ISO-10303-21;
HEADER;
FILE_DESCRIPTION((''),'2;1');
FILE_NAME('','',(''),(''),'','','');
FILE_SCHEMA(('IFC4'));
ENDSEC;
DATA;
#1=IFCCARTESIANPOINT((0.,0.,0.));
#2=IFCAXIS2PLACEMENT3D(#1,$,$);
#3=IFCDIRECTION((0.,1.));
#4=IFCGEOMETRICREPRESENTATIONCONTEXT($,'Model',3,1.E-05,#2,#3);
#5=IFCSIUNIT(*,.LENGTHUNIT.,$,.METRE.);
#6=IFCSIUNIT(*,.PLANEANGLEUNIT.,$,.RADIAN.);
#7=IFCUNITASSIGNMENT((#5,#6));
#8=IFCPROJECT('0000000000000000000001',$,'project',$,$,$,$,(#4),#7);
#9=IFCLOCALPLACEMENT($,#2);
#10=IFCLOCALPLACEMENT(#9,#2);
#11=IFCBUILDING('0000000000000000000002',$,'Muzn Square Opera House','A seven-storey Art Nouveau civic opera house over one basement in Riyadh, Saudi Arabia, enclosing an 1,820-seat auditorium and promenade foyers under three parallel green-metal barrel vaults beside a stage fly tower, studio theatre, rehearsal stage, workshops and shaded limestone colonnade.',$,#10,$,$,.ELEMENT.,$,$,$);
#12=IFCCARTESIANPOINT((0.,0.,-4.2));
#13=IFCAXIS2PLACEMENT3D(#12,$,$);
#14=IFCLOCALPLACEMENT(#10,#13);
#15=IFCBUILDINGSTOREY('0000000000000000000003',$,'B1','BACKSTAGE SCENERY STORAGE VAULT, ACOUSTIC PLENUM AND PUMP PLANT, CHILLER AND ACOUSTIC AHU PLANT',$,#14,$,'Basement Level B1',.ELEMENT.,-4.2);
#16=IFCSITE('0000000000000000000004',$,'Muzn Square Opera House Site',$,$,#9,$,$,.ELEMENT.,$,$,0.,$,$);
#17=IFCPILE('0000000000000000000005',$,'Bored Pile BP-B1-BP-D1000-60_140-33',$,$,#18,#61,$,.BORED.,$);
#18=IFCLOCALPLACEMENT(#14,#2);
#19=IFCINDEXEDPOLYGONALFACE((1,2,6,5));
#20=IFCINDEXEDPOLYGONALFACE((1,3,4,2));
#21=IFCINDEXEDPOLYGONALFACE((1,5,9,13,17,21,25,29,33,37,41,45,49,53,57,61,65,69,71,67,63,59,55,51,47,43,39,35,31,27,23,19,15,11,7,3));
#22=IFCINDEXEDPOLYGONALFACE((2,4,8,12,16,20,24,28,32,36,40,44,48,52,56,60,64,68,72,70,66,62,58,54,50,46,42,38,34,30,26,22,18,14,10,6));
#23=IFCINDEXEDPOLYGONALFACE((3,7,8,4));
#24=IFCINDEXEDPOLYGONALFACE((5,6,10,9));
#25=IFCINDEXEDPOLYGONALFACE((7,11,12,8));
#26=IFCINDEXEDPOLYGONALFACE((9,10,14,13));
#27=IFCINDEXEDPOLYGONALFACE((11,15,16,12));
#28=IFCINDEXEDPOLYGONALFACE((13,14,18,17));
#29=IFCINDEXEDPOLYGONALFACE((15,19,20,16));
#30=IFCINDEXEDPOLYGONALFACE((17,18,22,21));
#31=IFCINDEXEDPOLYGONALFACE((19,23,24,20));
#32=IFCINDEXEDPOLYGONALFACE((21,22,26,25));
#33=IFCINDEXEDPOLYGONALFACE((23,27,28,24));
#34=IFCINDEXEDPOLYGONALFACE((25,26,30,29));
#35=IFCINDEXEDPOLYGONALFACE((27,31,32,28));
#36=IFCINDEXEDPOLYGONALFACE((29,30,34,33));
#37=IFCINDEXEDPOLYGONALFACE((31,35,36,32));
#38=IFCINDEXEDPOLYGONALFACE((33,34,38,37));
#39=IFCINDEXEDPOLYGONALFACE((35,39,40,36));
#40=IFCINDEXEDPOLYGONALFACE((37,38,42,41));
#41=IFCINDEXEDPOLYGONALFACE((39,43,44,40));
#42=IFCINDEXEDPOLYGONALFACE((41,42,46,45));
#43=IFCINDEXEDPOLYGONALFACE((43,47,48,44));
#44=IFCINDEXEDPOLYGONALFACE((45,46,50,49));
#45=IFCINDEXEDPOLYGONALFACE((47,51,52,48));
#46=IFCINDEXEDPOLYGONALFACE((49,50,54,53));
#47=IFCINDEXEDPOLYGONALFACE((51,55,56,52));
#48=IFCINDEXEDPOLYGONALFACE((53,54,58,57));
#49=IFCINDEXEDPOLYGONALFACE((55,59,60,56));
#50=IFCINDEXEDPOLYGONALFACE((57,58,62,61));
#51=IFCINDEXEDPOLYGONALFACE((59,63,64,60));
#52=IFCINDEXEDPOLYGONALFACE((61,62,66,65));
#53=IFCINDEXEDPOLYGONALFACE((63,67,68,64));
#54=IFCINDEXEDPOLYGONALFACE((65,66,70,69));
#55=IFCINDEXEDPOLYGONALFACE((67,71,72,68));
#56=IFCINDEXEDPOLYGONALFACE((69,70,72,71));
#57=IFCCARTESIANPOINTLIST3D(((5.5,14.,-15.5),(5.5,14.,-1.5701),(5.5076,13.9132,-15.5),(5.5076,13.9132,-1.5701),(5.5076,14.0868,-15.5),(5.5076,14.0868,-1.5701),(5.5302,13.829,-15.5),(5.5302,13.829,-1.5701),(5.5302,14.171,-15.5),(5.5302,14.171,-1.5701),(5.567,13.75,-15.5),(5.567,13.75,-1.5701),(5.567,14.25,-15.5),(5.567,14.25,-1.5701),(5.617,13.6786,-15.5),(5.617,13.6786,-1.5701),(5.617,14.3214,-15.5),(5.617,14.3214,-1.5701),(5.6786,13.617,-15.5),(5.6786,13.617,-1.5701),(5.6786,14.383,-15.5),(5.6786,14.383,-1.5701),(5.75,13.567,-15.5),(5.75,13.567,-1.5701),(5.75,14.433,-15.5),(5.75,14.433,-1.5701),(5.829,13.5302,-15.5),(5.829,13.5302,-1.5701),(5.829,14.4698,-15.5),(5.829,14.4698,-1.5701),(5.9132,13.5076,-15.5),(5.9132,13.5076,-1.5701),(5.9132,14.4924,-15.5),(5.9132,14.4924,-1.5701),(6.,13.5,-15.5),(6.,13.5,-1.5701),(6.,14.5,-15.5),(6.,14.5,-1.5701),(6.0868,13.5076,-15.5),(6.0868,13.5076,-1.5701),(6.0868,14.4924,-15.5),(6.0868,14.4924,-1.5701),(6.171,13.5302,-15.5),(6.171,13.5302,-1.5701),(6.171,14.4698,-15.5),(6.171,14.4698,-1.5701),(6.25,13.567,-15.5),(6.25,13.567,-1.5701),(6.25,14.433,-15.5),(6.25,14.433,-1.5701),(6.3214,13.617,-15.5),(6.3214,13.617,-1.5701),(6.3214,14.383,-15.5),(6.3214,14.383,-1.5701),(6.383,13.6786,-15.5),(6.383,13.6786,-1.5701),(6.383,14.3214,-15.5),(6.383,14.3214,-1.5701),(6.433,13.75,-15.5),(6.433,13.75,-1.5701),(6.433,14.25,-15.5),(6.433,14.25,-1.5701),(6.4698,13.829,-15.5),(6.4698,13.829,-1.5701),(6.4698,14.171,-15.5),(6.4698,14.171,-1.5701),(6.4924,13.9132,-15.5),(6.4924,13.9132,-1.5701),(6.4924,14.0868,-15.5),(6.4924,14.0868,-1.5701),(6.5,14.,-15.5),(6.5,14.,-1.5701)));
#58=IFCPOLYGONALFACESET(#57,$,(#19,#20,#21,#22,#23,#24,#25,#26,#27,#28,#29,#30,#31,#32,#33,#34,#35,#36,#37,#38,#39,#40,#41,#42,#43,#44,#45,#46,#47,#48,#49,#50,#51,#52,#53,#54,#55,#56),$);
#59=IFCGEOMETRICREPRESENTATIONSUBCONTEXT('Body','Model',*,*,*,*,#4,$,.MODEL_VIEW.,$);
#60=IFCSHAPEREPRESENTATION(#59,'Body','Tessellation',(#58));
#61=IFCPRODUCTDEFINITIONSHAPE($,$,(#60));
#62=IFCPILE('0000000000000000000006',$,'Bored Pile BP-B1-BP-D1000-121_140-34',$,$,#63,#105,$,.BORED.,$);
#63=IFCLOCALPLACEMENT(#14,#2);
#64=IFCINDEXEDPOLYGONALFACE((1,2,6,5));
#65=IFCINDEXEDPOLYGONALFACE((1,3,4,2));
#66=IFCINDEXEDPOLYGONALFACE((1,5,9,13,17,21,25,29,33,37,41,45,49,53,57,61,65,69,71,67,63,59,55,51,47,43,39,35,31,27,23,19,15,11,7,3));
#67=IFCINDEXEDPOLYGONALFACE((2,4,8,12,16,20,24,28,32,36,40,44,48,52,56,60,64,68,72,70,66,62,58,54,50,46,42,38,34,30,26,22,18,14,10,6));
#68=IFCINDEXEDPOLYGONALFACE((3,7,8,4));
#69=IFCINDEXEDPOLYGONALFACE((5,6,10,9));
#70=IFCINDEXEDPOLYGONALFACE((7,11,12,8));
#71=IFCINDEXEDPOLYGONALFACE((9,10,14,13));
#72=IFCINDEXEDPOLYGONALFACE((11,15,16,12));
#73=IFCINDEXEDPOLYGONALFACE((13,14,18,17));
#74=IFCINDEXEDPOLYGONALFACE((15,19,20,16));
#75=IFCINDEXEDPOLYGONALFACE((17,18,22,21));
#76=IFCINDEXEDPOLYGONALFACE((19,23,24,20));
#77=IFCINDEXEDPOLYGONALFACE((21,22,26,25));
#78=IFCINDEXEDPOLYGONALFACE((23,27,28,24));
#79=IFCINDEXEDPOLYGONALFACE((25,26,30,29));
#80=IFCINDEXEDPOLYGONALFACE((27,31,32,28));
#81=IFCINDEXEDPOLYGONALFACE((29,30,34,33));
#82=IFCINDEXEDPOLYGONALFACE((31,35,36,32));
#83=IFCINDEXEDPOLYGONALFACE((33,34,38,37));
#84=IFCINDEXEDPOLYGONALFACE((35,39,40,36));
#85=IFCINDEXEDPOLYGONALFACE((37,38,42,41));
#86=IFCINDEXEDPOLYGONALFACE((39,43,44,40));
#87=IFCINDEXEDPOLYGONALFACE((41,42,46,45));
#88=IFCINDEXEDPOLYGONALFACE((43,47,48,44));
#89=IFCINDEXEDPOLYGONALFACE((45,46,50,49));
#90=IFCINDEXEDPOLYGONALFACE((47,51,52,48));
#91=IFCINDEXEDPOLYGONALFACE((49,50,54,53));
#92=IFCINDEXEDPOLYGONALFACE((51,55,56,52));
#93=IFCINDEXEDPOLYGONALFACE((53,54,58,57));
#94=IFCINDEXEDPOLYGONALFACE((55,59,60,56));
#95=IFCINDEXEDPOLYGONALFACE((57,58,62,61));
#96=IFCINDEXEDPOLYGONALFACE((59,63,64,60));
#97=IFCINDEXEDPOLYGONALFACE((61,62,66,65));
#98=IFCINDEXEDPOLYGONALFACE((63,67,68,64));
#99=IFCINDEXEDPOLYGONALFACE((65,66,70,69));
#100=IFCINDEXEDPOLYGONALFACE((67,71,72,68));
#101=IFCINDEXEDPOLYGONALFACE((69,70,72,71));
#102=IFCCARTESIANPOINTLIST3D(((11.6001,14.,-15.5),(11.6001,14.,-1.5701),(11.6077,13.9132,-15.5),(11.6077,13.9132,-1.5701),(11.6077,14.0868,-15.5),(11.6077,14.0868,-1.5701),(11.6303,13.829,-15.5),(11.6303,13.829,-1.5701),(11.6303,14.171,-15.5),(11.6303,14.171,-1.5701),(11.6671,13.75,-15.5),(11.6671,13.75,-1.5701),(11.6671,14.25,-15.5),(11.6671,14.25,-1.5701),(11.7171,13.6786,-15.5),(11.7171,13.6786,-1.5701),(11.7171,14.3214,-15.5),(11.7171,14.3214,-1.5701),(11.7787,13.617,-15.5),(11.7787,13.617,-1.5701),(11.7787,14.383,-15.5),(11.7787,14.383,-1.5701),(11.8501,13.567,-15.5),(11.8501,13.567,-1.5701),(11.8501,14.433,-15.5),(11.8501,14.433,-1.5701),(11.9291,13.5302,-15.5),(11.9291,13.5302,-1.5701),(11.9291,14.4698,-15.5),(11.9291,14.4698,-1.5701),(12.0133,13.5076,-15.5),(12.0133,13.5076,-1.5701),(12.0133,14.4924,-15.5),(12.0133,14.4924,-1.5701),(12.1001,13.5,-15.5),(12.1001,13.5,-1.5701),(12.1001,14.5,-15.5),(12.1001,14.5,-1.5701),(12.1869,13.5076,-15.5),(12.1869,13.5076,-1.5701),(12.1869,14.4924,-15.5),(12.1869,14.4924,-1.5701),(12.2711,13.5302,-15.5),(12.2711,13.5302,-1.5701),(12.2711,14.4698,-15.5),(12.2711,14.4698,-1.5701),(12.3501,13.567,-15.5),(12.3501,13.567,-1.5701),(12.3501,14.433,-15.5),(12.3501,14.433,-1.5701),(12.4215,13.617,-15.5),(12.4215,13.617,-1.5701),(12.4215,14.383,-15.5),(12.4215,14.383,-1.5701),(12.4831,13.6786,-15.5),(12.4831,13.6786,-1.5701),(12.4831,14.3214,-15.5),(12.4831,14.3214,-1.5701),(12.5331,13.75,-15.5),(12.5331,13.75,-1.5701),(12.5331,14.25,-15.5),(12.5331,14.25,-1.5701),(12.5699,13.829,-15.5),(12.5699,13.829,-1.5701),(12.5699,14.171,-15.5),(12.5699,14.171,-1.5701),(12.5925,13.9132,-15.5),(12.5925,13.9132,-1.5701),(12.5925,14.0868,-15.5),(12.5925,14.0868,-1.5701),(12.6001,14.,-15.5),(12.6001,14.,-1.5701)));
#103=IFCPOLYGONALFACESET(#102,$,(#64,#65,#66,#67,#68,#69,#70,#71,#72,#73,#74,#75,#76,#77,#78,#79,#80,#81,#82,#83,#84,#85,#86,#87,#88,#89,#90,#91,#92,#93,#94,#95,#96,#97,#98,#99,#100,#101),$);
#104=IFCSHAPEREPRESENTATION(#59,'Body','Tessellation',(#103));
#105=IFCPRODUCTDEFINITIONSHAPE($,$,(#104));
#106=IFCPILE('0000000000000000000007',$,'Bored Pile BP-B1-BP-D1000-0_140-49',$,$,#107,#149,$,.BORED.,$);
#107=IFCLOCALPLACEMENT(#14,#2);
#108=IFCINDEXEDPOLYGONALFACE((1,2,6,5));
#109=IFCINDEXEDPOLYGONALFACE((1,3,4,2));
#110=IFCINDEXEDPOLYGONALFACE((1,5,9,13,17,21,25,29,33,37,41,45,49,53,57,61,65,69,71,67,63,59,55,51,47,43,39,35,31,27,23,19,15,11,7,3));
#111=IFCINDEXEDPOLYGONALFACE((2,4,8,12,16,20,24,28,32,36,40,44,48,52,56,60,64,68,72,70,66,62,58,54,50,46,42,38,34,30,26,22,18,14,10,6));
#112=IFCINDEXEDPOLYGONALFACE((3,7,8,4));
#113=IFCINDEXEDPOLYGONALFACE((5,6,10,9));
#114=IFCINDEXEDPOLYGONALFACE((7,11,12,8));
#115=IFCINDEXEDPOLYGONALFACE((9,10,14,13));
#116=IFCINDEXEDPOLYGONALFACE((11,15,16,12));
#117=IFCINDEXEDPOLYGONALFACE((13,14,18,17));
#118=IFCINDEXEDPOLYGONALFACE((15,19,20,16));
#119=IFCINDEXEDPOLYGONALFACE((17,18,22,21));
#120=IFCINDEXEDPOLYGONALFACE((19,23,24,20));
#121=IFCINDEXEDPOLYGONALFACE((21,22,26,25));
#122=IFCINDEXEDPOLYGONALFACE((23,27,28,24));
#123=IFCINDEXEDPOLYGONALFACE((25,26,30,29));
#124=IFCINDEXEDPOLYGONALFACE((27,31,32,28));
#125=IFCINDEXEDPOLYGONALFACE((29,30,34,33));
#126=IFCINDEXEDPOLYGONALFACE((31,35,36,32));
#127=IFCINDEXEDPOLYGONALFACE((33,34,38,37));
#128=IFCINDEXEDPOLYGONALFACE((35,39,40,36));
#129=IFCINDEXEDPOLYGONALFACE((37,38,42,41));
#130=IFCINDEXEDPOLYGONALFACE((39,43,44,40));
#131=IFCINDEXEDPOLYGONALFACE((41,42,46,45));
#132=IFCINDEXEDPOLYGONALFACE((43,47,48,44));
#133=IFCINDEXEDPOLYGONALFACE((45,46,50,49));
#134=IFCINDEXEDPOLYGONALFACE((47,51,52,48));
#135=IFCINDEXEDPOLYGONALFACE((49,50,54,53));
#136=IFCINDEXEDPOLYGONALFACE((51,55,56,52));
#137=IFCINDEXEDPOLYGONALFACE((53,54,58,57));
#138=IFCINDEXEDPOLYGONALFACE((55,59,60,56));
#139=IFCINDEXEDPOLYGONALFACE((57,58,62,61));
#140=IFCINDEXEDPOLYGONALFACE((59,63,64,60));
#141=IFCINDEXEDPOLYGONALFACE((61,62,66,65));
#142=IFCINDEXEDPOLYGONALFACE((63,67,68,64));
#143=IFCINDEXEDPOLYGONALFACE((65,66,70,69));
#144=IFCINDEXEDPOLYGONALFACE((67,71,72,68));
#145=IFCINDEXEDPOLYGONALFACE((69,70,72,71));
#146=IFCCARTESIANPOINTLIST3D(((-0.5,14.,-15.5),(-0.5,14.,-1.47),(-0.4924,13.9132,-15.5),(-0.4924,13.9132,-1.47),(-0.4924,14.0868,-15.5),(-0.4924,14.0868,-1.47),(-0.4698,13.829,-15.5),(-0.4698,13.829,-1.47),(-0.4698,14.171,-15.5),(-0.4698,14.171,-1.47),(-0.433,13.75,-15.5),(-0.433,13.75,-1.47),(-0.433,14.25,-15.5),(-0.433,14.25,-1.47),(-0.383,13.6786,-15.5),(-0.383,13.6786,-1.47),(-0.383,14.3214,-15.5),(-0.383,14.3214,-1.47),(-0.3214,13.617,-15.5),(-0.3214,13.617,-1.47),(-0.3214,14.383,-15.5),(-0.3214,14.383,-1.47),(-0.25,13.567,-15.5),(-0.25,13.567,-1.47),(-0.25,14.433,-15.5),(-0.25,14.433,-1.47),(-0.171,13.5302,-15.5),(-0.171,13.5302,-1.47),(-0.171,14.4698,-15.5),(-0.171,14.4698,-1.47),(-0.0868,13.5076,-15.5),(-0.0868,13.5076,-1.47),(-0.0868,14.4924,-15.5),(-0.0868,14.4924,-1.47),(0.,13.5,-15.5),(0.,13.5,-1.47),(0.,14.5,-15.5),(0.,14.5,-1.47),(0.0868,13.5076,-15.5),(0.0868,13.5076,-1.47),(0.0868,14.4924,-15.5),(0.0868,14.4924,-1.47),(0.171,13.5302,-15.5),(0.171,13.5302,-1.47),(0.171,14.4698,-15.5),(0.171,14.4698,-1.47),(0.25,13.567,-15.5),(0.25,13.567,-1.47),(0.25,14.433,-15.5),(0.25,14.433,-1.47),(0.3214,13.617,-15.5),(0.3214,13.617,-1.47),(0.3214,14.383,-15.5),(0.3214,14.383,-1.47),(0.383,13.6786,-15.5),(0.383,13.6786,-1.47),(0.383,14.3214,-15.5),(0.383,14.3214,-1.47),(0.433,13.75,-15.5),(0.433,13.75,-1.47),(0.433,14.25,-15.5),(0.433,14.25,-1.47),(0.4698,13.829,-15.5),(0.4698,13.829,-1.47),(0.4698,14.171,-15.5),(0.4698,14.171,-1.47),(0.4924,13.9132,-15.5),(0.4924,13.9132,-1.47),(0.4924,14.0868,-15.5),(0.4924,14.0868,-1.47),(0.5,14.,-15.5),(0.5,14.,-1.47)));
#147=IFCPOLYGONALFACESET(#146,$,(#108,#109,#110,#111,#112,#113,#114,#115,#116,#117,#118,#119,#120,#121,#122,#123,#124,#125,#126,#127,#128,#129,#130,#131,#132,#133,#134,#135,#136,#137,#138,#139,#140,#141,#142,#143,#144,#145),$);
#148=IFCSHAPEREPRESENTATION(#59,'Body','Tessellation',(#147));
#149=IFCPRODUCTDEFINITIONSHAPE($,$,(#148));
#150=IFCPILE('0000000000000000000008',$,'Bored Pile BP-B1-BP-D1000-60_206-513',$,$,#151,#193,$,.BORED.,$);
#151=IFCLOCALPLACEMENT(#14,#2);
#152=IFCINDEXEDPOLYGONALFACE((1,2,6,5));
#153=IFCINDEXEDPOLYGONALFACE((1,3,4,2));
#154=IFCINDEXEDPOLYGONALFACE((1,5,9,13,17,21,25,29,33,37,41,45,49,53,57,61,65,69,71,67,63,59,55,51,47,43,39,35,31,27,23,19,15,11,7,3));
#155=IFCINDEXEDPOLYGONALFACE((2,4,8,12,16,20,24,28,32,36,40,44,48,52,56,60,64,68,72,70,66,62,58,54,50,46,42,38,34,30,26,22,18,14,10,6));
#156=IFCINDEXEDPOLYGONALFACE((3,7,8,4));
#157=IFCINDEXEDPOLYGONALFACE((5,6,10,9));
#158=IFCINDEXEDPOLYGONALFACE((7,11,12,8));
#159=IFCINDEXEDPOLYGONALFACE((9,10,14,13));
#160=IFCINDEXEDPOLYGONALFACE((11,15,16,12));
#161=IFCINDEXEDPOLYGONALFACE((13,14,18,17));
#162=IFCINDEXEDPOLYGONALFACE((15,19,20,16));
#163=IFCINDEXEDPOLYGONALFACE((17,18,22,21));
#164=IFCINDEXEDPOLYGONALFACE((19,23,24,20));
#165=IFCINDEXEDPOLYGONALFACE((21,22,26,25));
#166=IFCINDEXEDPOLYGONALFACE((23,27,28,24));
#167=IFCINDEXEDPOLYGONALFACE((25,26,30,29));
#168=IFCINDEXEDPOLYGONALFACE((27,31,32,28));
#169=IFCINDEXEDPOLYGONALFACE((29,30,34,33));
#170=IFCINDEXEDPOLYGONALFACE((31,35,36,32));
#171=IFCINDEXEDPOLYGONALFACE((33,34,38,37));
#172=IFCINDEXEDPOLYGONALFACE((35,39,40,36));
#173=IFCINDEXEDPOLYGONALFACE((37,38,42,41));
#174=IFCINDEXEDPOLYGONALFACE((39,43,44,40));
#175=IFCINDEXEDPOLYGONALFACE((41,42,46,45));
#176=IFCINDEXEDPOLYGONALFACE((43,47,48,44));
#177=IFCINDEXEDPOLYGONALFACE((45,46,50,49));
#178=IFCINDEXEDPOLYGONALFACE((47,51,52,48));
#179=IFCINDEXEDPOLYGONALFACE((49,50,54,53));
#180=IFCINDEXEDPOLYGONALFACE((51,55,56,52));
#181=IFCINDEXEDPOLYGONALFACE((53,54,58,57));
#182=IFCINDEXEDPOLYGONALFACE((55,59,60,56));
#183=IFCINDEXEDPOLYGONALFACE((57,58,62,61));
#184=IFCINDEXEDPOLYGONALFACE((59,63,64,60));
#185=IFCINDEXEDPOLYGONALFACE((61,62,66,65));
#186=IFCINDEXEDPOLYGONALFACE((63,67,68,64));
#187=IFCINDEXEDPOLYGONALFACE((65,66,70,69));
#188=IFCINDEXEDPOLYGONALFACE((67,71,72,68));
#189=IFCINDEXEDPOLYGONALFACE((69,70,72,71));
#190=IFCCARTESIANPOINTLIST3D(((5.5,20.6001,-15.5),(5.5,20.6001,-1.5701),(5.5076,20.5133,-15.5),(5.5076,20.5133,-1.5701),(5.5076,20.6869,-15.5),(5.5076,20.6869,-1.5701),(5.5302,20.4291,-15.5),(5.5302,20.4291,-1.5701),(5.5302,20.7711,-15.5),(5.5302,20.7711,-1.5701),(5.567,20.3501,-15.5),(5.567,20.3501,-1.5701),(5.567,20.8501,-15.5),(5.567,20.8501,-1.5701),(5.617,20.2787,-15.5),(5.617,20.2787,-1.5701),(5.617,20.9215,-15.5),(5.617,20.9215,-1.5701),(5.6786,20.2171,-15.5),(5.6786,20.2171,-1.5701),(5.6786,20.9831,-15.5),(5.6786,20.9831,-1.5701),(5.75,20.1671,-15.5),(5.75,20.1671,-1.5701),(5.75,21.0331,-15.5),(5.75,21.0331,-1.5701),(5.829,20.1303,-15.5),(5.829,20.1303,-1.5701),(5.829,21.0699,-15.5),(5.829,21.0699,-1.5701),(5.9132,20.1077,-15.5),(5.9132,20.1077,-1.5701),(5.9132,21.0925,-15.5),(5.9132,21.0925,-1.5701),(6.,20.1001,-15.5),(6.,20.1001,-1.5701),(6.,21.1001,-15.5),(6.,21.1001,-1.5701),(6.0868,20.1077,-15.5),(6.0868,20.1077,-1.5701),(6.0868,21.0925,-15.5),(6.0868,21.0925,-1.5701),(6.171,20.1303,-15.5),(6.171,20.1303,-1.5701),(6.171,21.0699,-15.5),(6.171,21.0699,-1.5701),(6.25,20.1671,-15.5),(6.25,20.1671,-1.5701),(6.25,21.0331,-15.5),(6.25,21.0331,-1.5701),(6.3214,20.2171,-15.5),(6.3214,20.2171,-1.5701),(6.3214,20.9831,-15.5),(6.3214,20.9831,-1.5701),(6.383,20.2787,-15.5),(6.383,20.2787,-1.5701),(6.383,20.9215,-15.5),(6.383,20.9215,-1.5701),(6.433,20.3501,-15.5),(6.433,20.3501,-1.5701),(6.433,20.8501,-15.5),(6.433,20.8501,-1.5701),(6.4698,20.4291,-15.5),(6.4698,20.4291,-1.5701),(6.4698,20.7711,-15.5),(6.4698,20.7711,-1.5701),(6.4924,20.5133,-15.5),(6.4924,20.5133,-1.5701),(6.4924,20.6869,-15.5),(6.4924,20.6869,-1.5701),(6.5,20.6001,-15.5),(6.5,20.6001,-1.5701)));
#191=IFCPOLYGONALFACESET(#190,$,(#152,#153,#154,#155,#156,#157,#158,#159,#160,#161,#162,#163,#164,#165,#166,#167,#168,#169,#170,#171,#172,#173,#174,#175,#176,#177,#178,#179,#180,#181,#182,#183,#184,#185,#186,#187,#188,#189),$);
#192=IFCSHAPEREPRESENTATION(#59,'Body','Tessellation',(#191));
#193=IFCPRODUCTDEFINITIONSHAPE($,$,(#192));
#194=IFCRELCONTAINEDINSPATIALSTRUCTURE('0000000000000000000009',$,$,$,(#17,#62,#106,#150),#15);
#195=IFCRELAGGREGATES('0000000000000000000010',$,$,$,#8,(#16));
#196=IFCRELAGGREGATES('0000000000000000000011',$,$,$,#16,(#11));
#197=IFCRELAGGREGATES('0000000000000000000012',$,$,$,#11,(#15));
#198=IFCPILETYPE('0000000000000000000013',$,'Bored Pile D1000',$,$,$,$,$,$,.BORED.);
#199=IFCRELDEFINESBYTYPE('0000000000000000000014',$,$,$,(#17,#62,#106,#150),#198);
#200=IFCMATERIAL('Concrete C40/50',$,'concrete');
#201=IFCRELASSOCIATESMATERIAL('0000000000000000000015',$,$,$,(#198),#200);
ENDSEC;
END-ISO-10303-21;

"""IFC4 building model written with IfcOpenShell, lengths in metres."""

from ifc_helpers import new_model, si_unit, direction, frame, origin, origin_2d, place, context, subcontext, project, spatial, circle, extrude, material, material_profile, profile_set, type_object, element, save


model = new_model("IFC4")

# Units and contexts
model_context = context("Model", 3, precision=1e-05, world=origin(), true_north=direction((0.0, 1.0)))
body_context = subcontext(model_context, "Body", "Model", "MODEL_VIEW")
ifc_project = project(units=[si_unit("LENGTHUNIT", "METRE"), si_unit("PLANEANGLEUNIT", "RADIAN")], contexts=[model_context])

# Site, building, storey
site_placement = place(None, origin())
site = spatial("IfcSite", under=ifc_project, at=site_placement, Name="Muzn Square Opera House Site", CompositionType="ELEMENT", RefElevation=0.0)
building_placement = place(site_placement, origin())
building = spatial("IfcBuilding", under=site, at=building_placement, Name="Muzn Square Opera House", Description="A seven-storey Art Nouveau civic opera house over one basement in Riyadh, Saudi Arabia, enclosing an 1,820-seat auditorium and promenade foyers under three parallel green-metal barrel vaults beside a stage fly tower, studio theatre, rehearsal stage, workshops and shaded limestone colonnade.", CompositionType="ELEMENT")
storey_placement = place(building_placement, frame((0.0, 0.0, -4.2)))
storey = spatial("IfcBuildingStorey", under=building, at=storey_placement, Name="B1", Description="BACKSTAGE SCENERY STORAGE VAULT, ACOUSTIC PLENUM AND PUMP PLANT, CHILLER AND ACOUSTIC AHU PLANT", LongName="Basement Level B1", CompositionType="ELEMENT", Elevation=-4.2)

# Piles
ifc_material_1 = material(Name="Concrete C40/50", Category="concrete")
ifc_material_profile_1 = material_profile(ifc_material_1, circle(Radius=0.5, at=origin_2d()), Name="BORED PILE D1000", Category="concrete")
ifc_profile_set_1 = profile_set([ifc_material_profile_1], Name="Concrete C40/50")
pile_type = type_object("IfcPileType", Name="Bored Pile D1000", PredefinedType="BORED", material=ifc_profile_set_1)
for number, where, z_axis, x_axis, name in (
    (1, (6.0, 14.0, -1.5701), (0.0, 0.0, -1.0), (1.0, 0.0, 0.0), "Bored Pile BP-B1-BP-D1000-60_140-33"),
    (2, (12.1001, 14.0, -1.5701), (0.0, 0.0, -1.0), (1.0, 0.0, 0.0), "Bored Pile BP-B1-BP-D1000-121_140-34"),
):
    element("IfcPile", number, at=place(storey_placement, frame(where, z_axis=z_axis, x_axis=x_axis)), inside=storey, type_object=pile_type, Name=name, PredefinedType="BORED", context=body_context, shape_type="SweptSolid", body=[
        extrude(circle(Radius=0.5, at=origin_2d()), origin(), (0.0, 0.0, 1.0), 13.9299),
    ])
pile_placement = place(storey_placement, frame((0.0, 14.0, -1.47), z_axis=(0.0, 0.0, -1.0), x_axis=(1.0, 0.0, 0.0)))
element("IfcPile", 3, at=pile_placement, inside=storey, type_object=pile_type, Name="Bored Pile BP-B1-BP-D1000-0_140-49", PredefinedType="BORED", context=body_context, shape_type="SweptSolid", body=[
    extrude(circle(Radius=0.5, at=origin_2d()), origin(), (0.0, 0.0, 1.0), 14.03),
])
for number, where, z_axis, x_axis, name in (
    (4, (6.0, 20.6001, -1.5701), (0.0, 0.0, -1.0), (1.0, 0.0, 0.0), "Bored Pile BP-B1-BP-D1000-60_206-513"),
):
    element("IfcPile", number, at=place(storey_placement, frame(where, z_axis=z_axis, x_axis=x_axis)), inside=storey, type_object=pile_type, Name=name, PredefinedType="BORED", context=body_context, shape_type="SweptSolid", body=[
        extrude(circle(Radius=0.5, at=origin_2d()), origin(), (0.0, 0.0, 1.0), 13.9299),
    ])

save(model, "model.ifc")
